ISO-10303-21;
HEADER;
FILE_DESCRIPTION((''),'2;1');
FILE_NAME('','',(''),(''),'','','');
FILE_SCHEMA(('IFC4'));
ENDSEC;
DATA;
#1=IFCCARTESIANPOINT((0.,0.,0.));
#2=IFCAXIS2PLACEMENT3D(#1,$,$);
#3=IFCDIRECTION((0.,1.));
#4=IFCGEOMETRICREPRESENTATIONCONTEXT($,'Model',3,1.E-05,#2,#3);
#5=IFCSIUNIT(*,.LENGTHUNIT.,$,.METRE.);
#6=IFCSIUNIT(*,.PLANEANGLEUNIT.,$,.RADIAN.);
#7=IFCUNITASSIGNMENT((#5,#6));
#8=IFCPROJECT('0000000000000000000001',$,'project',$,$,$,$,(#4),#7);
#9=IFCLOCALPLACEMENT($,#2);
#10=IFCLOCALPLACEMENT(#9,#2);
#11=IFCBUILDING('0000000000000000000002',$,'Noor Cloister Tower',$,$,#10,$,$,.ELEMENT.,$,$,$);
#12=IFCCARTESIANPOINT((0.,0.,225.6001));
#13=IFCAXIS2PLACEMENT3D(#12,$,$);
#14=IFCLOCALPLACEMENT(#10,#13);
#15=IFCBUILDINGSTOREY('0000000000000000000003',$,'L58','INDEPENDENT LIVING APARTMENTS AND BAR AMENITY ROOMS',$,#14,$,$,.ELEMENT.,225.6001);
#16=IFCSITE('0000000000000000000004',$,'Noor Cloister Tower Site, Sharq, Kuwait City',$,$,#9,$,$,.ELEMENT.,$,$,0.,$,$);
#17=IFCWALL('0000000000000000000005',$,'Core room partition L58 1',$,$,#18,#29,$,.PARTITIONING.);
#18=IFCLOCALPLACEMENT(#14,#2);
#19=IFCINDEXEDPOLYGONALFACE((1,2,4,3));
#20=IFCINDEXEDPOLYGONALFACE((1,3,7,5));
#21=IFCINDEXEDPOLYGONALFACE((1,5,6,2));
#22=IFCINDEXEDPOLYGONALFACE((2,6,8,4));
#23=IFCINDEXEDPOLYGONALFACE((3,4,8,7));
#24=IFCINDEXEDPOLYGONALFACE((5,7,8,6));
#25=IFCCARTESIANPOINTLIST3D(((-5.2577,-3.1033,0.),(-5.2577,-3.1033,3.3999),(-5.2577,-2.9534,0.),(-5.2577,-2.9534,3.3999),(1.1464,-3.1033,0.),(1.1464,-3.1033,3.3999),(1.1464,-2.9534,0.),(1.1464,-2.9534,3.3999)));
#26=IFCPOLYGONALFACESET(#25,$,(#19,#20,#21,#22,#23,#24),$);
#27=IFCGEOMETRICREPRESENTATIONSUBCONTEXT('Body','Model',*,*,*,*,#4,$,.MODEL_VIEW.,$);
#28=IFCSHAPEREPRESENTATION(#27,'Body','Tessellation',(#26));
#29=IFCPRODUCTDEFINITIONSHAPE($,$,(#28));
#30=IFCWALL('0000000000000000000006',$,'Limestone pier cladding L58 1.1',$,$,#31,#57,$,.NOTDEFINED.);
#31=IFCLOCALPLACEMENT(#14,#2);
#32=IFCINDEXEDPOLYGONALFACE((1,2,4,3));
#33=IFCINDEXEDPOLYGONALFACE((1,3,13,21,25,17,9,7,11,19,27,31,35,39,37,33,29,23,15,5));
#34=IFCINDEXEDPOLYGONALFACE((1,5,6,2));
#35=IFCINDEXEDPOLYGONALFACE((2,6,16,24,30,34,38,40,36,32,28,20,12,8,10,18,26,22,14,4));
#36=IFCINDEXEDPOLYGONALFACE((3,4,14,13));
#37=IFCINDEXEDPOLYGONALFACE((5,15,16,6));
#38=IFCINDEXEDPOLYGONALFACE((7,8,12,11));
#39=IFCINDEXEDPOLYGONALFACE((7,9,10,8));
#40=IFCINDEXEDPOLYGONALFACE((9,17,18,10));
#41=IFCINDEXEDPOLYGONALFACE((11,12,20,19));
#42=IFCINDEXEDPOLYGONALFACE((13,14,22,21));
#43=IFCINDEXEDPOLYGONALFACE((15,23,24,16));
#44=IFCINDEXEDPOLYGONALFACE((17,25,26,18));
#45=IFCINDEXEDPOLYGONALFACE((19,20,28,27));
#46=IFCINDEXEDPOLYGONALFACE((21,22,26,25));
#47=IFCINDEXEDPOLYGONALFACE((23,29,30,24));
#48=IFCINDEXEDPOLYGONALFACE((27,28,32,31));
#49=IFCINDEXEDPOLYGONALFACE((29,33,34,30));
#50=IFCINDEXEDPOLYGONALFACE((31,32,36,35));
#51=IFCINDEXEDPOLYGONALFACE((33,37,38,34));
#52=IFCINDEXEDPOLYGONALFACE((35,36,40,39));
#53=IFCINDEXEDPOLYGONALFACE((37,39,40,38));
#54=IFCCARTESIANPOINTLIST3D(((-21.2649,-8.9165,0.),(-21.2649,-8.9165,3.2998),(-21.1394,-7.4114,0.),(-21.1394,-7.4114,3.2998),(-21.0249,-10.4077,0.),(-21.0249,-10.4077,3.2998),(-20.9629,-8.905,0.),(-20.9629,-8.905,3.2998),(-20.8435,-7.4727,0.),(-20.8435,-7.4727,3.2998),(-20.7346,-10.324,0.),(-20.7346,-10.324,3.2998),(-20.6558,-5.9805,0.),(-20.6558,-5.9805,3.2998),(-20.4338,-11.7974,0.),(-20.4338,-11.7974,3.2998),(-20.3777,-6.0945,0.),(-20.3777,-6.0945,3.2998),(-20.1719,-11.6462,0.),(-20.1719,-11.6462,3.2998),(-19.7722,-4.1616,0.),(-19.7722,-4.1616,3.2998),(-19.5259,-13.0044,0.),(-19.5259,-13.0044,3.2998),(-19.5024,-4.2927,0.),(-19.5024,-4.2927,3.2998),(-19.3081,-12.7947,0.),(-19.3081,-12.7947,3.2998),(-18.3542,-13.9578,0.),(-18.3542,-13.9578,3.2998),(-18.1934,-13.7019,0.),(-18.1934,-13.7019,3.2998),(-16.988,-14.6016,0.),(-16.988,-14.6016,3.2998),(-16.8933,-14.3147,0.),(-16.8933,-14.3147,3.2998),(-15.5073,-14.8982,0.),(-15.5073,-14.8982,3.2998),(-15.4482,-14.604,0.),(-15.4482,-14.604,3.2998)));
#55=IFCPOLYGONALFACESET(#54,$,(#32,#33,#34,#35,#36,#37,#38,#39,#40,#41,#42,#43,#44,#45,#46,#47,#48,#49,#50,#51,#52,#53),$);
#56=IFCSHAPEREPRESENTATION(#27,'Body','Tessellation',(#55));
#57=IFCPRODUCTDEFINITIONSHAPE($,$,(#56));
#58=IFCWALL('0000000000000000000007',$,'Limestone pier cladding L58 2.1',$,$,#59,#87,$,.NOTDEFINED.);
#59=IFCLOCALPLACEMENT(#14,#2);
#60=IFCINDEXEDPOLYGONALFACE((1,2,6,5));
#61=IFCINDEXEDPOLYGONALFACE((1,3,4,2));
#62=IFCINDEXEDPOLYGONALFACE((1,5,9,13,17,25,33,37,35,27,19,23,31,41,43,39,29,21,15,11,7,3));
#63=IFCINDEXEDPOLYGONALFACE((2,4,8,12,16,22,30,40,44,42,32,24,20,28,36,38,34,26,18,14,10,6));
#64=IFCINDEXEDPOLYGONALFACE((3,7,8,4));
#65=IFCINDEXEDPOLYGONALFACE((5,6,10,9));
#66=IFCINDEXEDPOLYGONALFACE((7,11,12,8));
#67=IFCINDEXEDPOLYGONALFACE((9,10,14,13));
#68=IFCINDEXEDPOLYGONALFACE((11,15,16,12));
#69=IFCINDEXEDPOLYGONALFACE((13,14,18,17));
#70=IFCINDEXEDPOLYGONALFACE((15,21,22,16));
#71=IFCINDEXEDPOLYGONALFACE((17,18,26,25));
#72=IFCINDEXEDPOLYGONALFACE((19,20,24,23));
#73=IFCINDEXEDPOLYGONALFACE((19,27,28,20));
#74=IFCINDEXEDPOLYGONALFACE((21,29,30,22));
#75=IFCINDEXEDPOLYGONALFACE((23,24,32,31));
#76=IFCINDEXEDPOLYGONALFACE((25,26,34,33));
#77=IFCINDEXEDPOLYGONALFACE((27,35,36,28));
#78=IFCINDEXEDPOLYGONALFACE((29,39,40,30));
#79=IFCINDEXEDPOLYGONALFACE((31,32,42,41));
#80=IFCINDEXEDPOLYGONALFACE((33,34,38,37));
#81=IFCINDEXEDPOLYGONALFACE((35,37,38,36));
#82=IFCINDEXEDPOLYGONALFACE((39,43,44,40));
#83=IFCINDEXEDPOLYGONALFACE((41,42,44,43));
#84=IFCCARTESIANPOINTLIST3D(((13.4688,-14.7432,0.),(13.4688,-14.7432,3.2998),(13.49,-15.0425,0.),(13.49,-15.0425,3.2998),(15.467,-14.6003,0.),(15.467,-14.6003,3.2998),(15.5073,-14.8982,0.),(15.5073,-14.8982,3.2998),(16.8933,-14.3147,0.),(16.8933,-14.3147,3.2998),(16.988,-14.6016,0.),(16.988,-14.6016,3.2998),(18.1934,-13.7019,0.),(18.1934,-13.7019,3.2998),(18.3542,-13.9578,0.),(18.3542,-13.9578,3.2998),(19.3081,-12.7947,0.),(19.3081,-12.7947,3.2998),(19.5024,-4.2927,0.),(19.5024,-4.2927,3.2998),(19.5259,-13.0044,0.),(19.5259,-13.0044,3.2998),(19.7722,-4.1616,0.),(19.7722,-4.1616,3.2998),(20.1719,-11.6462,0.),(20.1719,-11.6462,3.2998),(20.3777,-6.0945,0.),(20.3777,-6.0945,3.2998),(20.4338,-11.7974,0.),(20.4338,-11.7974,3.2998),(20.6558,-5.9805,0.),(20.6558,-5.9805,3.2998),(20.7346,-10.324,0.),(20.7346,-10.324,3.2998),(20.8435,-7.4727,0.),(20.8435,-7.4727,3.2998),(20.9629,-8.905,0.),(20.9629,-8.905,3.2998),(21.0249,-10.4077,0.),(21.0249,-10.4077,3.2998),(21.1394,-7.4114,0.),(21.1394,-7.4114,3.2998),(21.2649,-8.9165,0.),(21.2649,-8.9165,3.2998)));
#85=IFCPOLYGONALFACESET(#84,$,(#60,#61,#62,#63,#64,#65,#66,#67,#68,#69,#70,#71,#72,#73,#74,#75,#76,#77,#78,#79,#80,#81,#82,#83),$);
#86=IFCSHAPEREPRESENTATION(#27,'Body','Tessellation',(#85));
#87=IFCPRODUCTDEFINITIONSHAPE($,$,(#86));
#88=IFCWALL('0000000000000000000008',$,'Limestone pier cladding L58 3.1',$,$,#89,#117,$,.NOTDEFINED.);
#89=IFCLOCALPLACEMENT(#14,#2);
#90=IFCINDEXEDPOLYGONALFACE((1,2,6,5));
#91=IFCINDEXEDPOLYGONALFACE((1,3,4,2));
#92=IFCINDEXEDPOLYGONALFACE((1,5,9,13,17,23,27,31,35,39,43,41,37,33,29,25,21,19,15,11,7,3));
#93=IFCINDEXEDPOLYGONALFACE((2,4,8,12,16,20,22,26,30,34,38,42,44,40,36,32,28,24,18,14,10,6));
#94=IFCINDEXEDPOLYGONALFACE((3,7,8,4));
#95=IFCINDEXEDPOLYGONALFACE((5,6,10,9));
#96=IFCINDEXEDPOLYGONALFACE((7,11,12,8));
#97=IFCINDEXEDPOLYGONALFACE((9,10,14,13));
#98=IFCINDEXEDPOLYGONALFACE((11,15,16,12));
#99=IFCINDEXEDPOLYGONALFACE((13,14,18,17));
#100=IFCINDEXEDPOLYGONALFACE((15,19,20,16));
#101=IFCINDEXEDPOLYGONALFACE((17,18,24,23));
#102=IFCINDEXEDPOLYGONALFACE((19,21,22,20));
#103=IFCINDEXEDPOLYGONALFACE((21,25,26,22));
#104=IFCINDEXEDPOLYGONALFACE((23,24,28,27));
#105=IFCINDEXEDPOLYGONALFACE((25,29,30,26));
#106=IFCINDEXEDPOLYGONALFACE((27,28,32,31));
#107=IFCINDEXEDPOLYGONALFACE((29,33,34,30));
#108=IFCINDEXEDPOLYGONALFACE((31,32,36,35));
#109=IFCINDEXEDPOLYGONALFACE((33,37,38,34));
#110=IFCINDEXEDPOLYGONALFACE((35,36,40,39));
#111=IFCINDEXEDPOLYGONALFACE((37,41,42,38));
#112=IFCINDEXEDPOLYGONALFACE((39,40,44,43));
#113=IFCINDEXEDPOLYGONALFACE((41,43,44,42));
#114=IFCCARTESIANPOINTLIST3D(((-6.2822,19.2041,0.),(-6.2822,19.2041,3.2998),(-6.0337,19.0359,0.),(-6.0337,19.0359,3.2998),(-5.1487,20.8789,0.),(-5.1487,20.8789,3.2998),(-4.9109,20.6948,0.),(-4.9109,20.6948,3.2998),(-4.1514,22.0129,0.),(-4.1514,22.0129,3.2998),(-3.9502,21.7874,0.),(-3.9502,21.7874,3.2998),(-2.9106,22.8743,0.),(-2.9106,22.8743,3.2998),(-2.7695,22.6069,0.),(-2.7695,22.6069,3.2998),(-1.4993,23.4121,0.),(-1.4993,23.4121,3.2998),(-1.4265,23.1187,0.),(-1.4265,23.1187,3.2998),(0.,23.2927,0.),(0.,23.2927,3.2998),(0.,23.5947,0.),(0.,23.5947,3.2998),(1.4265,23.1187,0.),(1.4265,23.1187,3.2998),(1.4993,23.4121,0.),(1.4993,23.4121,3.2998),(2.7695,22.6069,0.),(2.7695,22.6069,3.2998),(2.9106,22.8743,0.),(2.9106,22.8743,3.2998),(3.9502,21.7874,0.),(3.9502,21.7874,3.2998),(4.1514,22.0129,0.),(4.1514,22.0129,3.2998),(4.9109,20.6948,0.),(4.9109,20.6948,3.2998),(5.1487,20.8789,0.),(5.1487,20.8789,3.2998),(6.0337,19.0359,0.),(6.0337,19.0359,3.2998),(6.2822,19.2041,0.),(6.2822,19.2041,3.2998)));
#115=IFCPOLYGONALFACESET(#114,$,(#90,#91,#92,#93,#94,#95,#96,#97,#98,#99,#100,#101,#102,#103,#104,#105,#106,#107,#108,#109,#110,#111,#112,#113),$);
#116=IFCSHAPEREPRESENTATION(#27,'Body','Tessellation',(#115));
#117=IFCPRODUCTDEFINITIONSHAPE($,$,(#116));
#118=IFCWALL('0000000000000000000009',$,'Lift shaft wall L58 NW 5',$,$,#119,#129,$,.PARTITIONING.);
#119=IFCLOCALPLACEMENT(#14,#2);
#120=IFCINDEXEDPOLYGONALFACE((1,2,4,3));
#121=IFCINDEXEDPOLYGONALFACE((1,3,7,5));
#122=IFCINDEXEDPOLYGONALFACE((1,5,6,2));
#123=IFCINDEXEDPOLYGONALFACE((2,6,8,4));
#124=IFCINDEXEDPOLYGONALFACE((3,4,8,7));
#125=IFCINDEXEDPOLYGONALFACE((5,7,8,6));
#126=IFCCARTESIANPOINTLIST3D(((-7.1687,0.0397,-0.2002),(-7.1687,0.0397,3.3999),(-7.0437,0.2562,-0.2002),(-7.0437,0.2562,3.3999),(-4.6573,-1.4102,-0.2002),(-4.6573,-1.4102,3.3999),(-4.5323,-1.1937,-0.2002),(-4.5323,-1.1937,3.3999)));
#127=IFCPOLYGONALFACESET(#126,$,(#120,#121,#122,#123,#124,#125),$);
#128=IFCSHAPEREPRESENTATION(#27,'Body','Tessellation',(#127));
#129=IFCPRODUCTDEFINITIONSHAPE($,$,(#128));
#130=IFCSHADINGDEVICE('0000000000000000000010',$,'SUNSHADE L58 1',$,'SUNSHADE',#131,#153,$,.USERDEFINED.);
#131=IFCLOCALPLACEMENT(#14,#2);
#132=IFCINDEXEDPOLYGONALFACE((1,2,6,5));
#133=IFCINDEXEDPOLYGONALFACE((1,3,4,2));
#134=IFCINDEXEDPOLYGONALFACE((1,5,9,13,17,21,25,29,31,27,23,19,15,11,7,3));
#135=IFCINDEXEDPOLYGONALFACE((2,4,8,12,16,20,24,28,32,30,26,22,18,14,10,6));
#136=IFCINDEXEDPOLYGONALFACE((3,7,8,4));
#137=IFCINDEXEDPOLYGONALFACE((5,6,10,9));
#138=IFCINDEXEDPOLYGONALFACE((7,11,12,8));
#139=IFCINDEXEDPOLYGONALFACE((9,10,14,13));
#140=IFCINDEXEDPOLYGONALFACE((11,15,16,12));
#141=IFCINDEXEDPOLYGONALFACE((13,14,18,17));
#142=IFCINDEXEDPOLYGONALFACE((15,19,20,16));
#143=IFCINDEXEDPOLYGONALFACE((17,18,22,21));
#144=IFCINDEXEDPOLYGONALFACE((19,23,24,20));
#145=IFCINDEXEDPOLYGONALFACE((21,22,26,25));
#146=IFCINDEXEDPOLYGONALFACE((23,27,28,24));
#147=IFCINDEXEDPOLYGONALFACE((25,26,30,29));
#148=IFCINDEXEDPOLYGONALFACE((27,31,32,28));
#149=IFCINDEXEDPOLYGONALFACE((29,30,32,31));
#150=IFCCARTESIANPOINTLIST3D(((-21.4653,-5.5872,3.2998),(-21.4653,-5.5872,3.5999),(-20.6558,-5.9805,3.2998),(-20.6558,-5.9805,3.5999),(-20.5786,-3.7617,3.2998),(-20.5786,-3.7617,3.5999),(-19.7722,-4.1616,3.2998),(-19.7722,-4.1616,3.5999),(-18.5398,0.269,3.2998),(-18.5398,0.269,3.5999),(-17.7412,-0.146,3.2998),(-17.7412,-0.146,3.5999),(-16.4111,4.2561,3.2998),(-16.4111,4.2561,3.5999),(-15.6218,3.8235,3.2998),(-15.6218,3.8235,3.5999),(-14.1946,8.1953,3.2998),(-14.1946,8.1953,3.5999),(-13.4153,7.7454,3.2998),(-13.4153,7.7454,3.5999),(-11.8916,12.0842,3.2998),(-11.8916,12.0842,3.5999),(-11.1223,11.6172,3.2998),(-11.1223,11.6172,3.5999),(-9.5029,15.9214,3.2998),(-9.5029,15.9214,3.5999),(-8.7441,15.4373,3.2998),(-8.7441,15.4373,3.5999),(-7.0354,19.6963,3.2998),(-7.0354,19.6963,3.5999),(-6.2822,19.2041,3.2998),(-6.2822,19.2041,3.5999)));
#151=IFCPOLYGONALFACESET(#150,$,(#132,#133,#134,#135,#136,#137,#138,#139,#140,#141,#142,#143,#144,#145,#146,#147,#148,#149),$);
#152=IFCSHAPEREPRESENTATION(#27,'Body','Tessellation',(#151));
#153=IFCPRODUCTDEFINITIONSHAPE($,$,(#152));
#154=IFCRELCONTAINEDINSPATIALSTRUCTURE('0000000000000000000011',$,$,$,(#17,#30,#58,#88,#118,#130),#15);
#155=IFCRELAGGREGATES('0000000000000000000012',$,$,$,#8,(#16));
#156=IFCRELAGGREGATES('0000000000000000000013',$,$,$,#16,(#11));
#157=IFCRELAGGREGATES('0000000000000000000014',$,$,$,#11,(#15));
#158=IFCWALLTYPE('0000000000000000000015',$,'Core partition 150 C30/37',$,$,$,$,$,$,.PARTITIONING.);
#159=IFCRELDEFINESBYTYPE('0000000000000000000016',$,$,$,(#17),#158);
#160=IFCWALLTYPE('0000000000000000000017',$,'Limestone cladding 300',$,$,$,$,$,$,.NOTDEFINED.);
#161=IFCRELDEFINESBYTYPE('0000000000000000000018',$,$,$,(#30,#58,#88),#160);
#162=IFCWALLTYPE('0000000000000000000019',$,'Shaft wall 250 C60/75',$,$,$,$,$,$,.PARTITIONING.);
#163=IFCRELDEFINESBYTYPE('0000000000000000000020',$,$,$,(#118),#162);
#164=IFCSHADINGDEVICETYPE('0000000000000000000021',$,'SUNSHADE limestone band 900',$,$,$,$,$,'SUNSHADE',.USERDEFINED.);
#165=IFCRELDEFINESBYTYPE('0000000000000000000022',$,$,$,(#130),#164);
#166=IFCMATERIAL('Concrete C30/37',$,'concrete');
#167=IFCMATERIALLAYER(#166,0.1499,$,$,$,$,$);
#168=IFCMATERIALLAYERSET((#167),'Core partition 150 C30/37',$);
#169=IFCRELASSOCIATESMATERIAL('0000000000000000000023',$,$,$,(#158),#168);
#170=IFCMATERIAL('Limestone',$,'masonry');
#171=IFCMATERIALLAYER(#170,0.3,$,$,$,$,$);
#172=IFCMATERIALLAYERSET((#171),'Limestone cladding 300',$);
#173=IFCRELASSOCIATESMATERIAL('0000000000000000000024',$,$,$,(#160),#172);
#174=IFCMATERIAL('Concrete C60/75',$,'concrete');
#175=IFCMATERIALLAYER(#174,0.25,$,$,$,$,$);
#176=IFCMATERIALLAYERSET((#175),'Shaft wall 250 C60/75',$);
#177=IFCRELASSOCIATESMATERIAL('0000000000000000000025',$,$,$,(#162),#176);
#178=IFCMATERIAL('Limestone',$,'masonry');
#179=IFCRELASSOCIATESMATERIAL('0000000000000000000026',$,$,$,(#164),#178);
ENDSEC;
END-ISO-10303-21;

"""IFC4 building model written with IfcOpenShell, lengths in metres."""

from ifc_helpers import new_model, si_unit, direction, frame, frame_2d, origin, place, context, subcontext, project, spatial, polyline, rectangle, outline, extrude, material, layer, layer_set, type_object, element, save


model = new_model("IFC4")

# Units and contexts
model_context = context("Model", 3, precision=1e-05, world=origin(), true_north=direction((0.0, 1.0)))
body_context = subcontext(model_context, "Body", "Model", "MODEL_VIEW")
ifc_project = project(units=[si_unit("LENGTHUNIT", "METRE"), si_unit("PLANEANGLEUNIT", "RADIAN")], contexts=[model_context])

# Site, building, storey
site_placement = place(None, origin())
site = spatial("IfcSite", under=ifc_project, at=site_placement, Name="Noor Cloister Tower Site, Sharq, Kuwait City", CompositionType="ELEMENT", RefElevation=0.0)
building_placement = place(site_placement, origin())
building = spatial("IfcBuilding", under=site, at=building_placement, Name="Noor Cloister Tower", CompositionType="ELEMENT")
storey_placement = place(building_placement, frame((0.0, 0.0, 225.6001)))
storey = spatial("IfcBuildingStorey", under=building, at=storey_placement, Name="L58", Description="INDEPENDENT LIVING APARTMENTS AND BAR AMENITY ROOMS", CompositionType="ELEMENT", Elevation=225.6001)

# Walls
ifc_material_1 = material(Name="Concrete C30/37", Category="concrete")
ifc_layer_1 = layer(ifc_material_1, 0.1499)
ifc_layer_set_1 = layer_set([ifc_layer_1], Name="Core partition 150 C30/37")
wall_type_1 = type_object("IfcWallType", Name="Core partition 150 C30/37", PredefinedType="PARTITIONING", material=ifc_layer_set_1)
wall_1_placement = place(storey_placement, frame((-5.2578, -3.0283, 0.0), z_axis=(0.0, 0.0, 1.0), x_axis=(1.0, 0.0, 0.0)))
element("IfcWall", 1, at=wall_1_placement, inside=storey, type_object=wall_type_1, Name="Core room partition L58 1", PredefinedType="PARTITIONING", context=body_context, shape_type="SweptSolid", body=[
    extrude(rectangle(XDim=6.4041, YDim=0.1499, at=frame_2d((3.2021, 0.0))), origin(), (0.0, 0.0, 1.0), 3.3999),
])
ifc_material_2 = material(Name="Limestone", Category="masonry")
ifc_layer_2 = layer(ifc_material_2, 0.3)
ifc_layer_set_2 = layer_set([ifc_layer_2], Name="Limestone cladding 300")
wall_type_2 = type_object("IfcWallType", Name="Limestone cladding 300", PredefinedType="NOTDEFINED", material=ifc_layer_set_2)
wall_2_placement = place(storey_placement, origin())
element("IfcWall", 2, at=wall_2_placement, inside=storey, type_object=wall_type_2, Name="Limestone pier cladding L58 1.1", PredefinedType="NOTDEFINED", context=body_context, shape_type="SweptSolid", body=[
    extrude(outline(polyline([(-19.7722, -4.1616), (-20.6558, -5.9805), (-21.1394, -7.4114), (-21.2649, -8.9165), (-21.0249, -10.4077), (-20.4338, -11.7974), (-19.5259, -13.0044), (-18.3542, -13.9578), (-16.988, -14.6016), (-15.5073, -14.8982), (-15.4482, -14.604), (-16.8933, -14.3147), (-18.1934, -13.7019), (-19.3081, -12.7947), (-20.1719, -11.6462), (-20.7346, -10.324), (-20.9629, -8.905), (-20.8435, -7.4727), (-20.3777, -6.0945), (-19.5024, -4.2927), (-19.7722, -4.1616)])), origin(), (0.0, 0.0, 1.0), 3.2998),
])
wall_3_placement = place(storey_placement, origin())
element("IfcWall", 3, at=wall_3_placement, inside=storey, type_object=wall_type_2, Name="Limestone pier cladding L58 2.1", PredefinedType="NOTDEFINED", context=body_context, shape_type="SweptSolid", body=[
    extrude(outline(polyline([(13.49, -15.0425), (15.5073, -14.8982), (16.988, -14.6016), (18.3542, -13.9578), (19.5259, -13.0044), (20.4338, -11.7974), (21.0249, -10.4077), (21.2649, -8.9165), (21.1394, -7.4114), (20.6558, -5.9805), (19.7722, -4.1616), (19.5024, -4.2927), (20.3777, -6.0945), (20.8435, -7.4727), (20.9629, -8.905), (20.7346, -10.324), (20.1719, -11.6462), (19.3081, -12.7947), (18.1934, -13.7019), (16.8933, -14.3147), (15.467, -14.6003), (13.4688, -14.7432), (13.49, -15.0425)])), origin(), (0.0, 0.0, 1.0), 3.2998),
])
wall_4_placement = place(storey_placement, origin())
element("IfcWall", 4, at=wall_4_placement, inside=storey, type_object=wall_type_2, Name="Limestone pier cladding L58 3.1", PredefinedType="NOTDEFINED", context=body_context, shape_type="SweptSolid", body=[
    extrude(outline(polyline([(6.2822, 19.2041), (5.1487, 20.8789), (4.1514, 22.0129), (2.9106, 22.8743), (1.4993, 23.4121), (0.0, 23.5947), (-1.4993, 23.4121), (-2.9106, 22.8743), (-4.1514, 22.0129), (-5.1487, 20.8789), (-6.2822, 19.2041), (-6.0337, 19.0359), (-4.9109, 20.6948), (-3.9502, 21.7874), (-2.7695, 22.6069), (-1.4265, 23.1187), (0.0, 23.2927), (1.4265, 23.1187), (2.7695, 22.6069), (3.9502, 21.7874), (4.9109, 20.6948), (6.0337, 19.0359), (6.2822, 19.2041)])), origin(), (0.0, 0.0, 1.0), 3.2998),
])
ifc_material_3 = material(Name="Concrete C60/75", Category="concrete")
ifc_layer_3 = layer(ifc_material_3, 0.25)
ifc_layer_set_3 = layer_set([ifc_layer_3], Name="Shaft wall 250 C60/75")
wall_type_3 = type_object("IfcWallType", Name="Shaft wall 250 C60/75", PredefinedType="PARTITIONING", material=ifc_layer_set_3)
wall_5_placement = place(storey_placement, frame((-7.1062, 0.1479, -0.2002), z_axis=(0.0, 0.0, 1.0), x_axis=(0.866033, -0.499987, 0.0)))
element("IfcWall", 5, at=wall_5_placement, inside=storey, type_object=wall_type_3, Name="Lift shaft wall L58 NW 5", PredefinedType="PARTITIONING", context=body_context, shape_type="SweptSolid", body=[
    extrude(rectangle(XDim=2.8999, YDim=0.25, at=frame_2d((1.45, 0.0))), origin(), (0.0, 0.0, 1.0), 3.6001),
])

# Shading device
ifc_material_4 = material(Name="Limestone", Category="masonry")
shading_device_type = type_object("IfcShadingDeviceType", Name="SUNSHADE limestone band 900", ElementType="SUNSHADE", PredefinedType="USERDEFINED", material=ifc_material_4)
shading_device_1_placement = place(storey_placement, frame((0.0, 0.0, 3.2998)))
element("IfcShadingDevice", 6, at=shading_device_1_placement, inside=storey, type_object=shading_device_type, Name="SUNSHADE L58 1", ObjectType="SUNSHADE", PredefinedType="USERDEFINED", context=body_context, shape_type="SweptSolid", body=[
    extrude(outline(polyline([(-7.0354, 19.6963), (-9.5029, 15.9214), (-11.8916, 12.0842), (-14.1946, 8.1953), (-16.4111, 4.2561), (-18.5398, 0.269), (-20.5786, -3.7617), (-21.4653, -5.5872), (-20.6558, -5.9805), (-19.7722, -4.1616), (-17.7412, -0.146), (-15.6218, 3.8235), (-13.4153, 7.7454), (-11.1223, 11.6172), (-8.7441, 15.4373), (-6.2822, 19.2041), (-7.0354, 19.6963)])), origin(), (0.0, 0.0, 1.0), 0.3),
])

save(model, "model.ifc")
